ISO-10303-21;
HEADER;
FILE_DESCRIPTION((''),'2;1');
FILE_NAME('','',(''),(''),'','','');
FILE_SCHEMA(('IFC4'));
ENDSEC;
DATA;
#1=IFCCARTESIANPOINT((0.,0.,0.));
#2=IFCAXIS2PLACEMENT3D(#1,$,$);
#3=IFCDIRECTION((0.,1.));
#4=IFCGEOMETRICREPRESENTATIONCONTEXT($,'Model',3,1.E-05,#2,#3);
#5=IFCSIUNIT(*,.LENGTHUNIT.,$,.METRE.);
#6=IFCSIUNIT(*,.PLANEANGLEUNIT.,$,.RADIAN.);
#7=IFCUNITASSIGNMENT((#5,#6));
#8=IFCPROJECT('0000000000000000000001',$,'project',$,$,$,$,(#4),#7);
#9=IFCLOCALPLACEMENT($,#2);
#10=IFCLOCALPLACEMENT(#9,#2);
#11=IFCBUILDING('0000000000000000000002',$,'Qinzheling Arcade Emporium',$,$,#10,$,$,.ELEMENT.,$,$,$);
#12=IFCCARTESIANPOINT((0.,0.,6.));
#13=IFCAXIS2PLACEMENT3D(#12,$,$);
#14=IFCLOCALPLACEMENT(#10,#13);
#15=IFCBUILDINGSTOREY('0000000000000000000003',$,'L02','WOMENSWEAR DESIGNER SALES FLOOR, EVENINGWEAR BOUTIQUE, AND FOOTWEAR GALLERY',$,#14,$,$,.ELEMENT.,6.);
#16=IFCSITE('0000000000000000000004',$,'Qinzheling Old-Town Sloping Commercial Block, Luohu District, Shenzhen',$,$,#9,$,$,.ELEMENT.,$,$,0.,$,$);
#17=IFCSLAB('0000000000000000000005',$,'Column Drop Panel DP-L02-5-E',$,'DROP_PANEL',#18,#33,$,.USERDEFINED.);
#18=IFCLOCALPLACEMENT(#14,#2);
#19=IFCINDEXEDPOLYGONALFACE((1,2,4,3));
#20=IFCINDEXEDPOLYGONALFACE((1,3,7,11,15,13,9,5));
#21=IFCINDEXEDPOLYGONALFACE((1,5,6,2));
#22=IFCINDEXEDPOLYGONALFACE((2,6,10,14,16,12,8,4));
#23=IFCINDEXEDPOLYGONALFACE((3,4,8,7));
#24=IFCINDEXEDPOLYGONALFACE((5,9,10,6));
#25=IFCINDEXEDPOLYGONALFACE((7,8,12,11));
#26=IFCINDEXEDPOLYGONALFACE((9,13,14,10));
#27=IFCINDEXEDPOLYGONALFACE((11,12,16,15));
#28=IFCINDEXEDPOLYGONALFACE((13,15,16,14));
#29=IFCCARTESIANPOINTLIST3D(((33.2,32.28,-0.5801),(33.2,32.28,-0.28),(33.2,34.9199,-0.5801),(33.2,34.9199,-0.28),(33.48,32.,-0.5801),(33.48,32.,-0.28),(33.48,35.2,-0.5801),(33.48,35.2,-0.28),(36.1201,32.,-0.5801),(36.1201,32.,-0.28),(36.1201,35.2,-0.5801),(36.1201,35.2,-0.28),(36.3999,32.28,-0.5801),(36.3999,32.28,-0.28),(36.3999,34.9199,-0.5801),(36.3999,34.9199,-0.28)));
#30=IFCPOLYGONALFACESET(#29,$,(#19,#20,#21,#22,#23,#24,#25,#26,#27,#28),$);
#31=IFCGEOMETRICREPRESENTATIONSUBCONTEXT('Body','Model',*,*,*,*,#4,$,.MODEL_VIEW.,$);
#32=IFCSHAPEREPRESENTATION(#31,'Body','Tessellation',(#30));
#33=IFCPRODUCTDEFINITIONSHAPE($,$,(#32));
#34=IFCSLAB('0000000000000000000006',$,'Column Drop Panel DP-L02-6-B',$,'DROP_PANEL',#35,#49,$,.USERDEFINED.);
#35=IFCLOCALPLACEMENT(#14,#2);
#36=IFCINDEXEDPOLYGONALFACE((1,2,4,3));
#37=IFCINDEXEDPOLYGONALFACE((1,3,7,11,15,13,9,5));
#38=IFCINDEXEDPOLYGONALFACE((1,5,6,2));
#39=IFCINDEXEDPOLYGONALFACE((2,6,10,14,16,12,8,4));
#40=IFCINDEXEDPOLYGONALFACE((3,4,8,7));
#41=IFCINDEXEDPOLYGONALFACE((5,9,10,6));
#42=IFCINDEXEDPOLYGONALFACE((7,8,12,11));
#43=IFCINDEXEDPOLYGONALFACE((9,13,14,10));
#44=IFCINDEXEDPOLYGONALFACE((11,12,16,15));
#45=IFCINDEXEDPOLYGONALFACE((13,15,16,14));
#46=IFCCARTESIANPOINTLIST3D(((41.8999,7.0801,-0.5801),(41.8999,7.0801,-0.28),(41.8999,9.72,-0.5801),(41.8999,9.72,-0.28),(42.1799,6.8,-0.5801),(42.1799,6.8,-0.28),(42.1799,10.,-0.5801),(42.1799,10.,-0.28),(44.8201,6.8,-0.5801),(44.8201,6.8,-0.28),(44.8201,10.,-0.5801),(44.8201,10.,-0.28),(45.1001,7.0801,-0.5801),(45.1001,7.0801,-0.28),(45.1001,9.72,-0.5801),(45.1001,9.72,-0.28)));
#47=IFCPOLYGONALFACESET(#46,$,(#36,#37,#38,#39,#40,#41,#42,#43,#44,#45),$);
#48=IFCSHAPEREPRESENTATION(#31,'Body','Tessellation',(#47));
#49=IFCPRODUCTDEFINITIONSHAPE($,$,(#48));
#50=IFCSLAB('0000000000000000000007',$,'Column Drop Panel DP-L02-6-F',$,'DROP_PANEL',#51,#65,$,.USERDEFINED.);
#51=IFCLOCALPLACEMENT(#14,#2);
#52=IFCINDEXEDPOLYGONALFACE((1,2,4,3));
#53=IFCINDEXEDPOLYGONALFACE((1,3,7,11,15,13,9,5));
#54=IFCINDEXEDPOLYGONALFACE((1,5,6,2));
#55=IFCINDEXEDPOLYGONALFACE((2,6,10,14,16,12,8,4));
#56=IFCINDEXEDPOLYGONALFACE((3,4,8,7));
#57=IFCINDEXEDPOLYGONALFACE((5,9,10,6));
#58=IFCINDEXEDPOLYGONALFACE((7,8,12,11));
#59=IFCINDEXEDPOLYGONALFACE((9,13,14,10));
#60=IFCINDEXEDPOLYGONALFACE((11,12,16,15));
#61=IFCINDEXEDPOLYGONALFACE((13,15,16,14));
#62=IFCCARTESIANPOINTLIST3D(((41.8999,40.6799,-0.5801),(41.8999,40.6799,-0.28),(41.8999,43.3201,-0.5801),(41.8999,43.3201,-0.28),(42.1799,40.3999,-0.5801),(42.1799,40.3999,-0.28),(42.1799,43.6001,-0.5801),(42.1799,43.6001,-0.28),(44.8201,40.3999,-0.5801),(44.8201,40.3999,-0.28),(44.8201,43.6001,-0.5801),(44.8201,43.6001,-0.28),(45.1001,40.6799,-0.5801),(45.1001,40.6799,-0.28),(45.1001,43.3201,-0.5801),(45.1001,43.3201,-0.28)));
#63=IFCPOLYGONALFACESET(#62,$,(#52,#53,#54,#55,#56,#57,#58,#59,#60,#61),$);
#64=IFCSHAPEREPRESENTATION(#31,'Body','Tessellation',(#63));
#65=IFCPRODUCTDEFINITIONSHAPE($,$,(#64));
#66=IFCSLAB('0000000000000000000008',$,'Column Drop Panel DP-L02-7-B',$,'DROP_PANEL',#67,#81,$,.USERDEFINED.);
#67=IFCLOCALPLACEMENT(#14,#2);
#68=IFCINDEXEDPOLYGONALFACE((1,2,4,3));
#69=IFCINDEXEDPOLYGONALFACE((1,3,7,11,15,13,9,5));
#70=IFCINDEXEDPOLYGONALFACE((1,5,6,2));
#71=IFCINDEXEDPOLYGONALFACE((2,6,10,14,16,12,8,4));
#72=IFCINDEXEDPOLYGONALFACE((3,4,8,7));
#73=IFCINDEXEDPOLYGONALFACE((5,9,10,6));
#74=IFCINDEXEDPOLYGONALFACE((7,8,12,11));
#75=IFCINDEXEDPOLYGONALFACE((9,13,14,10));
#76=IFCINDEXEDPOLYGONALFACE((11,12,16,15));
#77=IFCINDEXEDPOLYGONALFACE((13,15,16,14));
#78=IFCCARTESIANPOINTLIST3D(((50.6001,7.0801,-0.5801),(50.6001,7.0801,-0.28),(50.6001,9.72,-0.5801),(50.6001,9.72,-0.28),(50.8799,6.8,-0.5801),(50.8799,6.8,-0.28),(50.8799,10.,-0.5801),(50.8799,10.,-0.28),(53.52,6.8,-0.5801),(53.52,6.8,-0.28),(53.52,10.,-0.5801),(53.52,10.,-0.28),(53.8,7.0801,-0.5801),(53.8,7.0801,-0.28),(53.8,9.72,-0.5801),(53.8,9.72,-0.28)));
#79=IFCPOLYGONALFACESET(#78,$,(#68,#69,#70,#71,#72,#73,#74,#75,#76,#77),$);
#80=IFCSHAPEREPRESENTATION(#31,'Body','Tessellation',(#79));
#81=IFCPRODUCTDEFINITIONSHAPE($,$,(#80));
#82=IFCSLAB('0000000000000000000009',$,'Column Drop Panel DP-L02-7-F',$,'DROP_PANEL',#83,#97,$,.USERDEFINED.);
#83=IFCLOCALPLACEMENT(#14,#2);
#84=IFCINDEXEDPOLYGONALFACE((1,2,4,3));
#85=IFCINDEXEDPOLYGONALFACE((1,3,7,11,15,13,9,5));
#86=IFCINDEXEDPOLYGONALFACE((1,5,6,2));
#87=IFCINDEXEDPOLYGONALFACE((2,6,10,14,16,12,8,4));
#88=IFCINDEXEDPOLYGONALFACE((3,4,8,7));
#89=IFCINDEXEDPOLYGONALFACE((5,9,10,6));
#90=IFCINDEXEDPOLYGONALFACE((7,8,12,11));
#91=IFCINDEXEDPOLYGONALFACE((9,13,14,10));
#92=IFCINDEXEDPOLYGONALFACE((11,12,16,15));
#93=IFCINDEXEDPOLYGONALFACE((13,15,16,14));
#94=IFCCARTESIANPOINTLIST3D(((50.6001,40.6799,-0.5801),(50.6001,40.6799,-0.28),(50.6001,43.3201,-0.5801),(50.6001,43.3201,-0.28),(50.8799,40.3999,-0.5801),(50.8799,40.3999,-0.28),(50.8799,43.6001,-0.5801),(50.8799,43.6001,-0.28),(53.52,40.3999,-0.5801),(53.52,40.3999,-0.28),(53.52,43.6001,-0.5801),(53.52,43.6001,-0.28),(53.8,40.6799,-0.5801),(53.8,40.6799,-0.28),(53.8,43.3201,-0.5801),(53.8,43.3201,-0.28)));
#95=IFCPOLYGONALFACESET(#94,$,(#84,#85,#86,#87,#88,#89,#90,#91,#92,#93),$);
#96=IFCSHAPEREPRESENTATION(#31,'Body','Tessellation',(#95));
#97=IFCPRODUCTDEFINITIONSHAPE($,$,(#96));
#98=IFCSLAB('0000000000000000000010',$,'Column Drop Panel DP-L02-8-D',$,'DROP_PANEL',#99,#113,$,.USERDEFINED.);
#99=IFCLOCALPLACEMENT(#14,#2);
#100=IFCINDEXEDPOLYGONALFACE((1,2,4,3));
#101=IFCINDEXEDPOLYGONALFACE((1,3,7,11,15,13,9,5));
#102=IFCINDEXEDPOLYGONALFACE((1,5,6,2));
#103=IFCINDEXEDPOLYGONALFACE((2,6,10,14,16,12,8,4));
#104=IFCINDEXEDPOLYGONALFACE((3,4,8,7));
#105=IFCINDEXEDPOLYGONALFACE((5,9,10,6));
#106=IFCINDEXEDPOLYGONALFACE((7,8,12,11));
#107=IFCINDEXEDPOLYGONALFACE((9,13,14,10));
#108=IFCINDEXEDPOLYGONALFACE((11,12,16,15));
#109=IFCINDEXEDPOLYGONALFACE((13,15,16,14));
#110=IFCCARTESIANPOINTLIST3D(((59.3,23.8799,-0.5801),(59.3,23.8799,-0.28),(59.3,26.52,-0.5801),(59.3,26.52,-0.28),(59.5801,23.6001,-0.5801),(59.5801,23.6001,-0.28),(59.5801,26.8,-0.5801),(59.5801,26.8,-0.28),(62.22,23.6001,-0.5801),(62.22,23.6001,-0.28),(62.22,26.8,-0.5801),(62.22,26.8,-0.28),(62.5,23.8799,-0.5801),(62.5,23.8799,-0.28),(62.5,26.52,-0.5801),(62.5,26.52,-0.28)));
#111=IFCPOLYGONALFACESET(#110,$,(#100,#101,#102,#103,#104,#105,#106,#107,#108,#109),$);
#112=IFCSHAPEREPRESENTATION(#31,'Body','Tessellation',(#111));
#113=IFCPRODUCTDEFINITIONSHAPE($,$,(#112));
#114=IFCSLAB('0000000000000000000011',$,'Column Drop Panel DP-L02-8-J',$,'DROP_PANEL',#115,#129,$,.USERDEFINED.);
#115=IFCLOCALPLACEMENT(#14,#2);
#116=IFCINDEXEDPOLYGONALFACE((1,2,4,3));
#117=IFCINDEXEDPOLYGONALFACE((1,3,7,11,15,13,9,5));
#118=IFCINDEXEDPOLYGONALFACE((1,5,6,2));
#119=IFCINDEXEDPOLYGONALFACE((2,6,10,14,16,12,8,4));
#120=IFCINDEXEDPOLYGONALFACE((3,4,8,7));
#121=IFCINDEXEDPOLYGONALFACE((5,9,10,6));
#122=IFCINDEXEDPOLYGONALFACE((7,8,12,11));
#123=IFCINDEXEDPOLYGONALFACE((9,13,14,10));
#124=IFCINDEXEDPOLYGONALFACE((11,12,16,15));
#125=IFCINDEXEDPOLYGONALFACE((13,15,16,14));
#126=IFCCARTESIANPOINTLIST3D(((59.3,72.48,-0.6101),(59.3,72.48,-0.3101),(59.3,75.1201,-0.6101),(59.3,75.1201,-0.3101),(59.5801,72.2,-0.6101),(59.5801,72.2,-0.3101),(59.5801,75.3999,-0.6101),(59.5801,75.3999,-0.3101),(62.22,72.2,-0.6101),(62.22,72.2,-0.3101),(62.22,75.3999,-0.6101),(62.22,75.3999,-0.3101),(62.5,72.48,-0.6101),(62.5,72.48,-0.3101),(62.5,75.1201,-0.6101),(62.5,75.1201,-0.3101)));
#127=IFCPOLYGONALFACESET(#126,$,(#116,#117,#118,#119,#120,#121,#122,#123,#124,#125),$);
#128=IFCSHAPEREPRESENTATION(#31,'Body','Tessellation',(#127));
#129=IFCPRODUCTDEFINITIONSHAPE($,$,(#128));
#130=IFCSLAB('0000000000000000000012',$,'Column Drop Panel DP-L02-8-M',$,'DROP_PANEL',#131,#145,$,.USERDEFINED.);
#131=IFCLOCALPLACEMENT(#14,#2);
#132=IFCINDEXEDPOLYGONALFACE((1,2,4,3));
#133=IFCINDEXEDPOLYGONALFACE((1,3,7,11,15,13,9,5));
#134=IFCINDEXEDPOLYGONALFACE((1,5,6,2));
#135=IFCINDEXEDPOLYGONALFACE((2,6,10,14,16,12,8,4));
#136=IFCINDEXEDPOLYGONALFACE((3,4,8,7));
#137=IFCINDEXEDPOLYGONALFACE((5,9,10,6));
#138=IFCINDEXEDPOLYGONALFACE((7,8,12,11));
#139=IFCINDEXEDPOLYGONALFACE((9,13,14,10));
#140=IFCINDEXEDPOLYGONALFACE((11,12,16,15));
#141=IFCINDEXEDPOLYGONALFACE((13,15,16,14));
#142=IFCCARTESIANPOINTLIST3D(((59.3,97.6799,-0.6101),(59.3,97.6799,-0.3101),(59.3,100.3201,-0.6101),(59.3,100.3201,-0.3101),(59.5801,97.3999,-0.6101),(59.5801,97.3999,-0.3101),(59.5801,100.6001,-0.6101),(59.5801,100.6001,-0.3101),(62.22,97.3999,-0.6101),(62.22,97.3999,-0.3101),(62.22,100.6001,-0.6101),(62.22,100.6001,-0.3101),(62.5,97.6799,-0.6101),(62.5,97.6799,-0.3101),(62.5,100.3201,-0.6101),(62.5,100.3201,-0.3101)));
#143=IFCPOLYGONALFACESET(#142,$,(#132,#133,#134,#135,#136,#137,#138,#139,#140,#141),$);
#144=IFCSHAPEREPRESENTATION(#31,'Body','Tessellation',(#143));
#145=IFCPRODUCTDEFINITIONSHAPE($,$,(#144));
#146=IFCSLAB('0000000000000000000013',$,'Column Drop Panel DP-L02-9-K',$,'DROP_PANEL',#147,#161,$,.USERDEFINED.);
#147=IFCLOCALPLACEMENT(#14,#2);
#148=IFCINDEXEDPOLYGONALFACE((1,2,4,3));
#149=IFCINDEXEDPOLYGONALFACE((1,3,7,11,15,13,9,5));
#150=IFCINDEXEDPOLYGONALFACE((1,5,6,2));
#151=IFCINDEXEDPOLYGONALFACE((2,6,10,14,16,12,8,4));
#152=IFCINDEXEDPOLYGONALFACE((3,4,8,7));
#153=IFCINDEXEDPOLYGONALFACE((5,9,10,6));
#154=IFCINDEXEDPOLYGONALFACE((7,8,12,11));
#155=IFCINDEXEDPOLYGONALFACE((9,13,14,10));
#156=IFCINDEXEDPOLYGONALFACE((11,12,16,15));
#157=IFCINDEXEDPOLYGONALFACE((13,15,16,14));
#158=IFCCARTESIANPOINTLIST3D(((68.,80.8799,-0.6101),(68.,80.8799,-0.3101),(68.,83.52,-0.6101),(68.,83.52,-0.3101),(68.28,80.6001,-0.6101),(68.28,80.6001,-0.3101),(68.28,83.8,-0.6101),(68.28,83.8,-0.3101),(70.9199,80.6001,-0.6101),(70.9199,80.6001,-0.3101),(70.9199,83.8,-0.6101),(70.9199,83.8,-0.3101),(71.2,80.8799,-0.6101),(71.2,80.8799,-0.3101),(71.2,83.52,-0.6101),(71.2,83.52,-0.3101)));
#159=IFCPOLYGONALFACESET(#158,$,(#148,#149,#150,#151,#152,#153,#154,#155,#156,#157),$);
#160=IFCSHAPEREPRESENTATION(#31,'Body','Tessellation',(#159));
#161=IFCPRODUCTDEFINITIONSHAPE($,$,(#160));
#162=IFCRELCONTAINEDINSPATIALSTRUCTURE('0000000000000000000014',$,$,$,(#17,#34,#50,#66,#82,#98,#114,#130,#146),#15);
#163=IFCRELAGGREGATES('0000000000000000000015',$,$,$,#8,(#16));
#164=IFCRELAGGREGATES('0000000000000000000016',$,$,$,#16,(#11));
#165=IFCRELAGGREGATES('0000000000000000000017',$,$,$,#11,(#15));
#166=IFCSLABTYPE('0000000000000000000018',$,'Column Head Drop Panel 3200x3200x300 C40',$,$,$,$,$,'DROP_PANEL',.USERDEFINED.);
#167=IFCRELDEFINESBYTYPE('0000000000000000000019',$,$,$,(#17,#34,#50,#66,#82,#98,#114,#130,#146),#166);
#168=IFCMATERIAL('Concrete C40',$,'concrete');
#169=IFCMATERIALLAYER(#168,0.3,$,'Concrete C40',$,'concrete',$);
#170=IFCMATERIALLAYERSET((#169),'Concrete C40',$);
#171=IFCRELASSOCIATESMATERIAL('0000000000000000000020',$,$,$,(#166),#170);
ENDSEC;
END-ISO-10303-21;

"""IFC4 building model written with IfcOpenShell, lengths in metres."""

from ifc_helpers import new_model, si_unit, direction, frame, origin, place, context, subcontext, project, spatial, polyline, outline, extrude, material, layer, layer_set, type_object, element, save


model = new_model("IFC4")

# Units and contexts
model_context = context("Model", 3, precision=1e-05, world=origin(), true_north=direction((0.0, 1.0)))
body_context = subcontext(model_context, "Body", "Model", "MODEL_VIEW")
ifc_project = project(units=[si_unit("LENGTHUNIT", "METRE"), si_unit("PLANEANGLEUNIT", "RADIAN")], contexts=[model_context])

# Site, building, storey
site_placement = place(None, origin())
site = spatial("IfcSite", under=ifc_project, at=site_placement, Name="Qinzheling Old-Town Sloping Commercial Block, Luohu District, Shenzhen", CompositionType="ELEMENT", RefElevation=0.0)
building_placement = place(site_placement, origin())
building = spatial("IfcBuilding", under=site, at=building_placement, Name="Qinzheling Arcade Emporium", CompositionType="ELEMENT")
storey_placement = place(building_placement, frame((0.0, 0.0, 6.0)))
storey = spatial("IfcBuildingStorey", under=building, at=storey_placement, Name="L02", Description="WOMENSWEAR DESIGNER SALES FLOOR, EVENINGWEAR BOUTIQUE, AND FOOTWEAR GALLERY", CompositionType="ELEMENT", Elevation=6.0)

# Slabs
ifc_material = material(Name="Concrete C40", Category="concrete")
ifc_layer_1 = layer(ifc_material, 0.3, Name="Concrete C40", Category="concrete")
ifc_layer_set_1 = layer_set([ifc_layer_1], Name="Concrete C40")
slab_type_1 = type_object("IfcSlabType", Name="Column Head Drop Panel 3200x3200x300 C40", ElementType="DROP_PANEL", PredefinedType="USERDEFINED", material=ifc_layer_set_1)
slab_1_placement = place(storey_placement, frame((0.0, 0.0, -0.5801)))
element("IfcSlab", 1, at=slab_1_placement, inside=storey, type_object=slab_type_1, Name="Column Drop Panel DP-L02-5-E", ObjectType="DROP_PANEL", PredefinedType="USERDEFINED", context=body_context, shape_type="SweptSolid", body=[
    extrude(outline(polyline([(33.48, 32.0), (36.1201, 32.0), (36.3999, 32.28), (36.3999, 34.9199), (36.1201, 35.2), (33.48, 35.2), (33.2, 34.9199), (33.2, 32.28), (33.48, 32.0)])), origin(), (0.0, 0.0, 1.0), 0.3),
])
slab_2_placement = place(storey_placement, frame((0.0, 0.0, -0.5801)))
element("IfcSlab", 2, at=slab_2_placement, inside=storey, type_object=slab_type_1, Name="Column Drop Panel DP-L02-6-B", ObjectType="DROP_PANEL", PredefinedType="USERDEFINED", context=body_context, shape_type="SweptSolid", body=[
    extrude(outline(polyline([(42.1799, 6.8), (44.8201, 6.8), (45.1001, 7.0801), (45.1001, 9.72), (44.8201, 10.0), (42.1799, 10.0), (41.8999, 9.72), (41.8999, 7.0801), (42.1799, 6.8)])), origin(), (0.0, 0.0, 1.0), 0.3),
])
slab_3_placement = place(storey_placement, frame((0.0, 0.0, -0.5801)))
element("IfcSlab", 3, at=slab_3_placement, inside=storey, type_object=slab_type_1, Name="Column Drop Panel DP-L02-6-F", ObjectType="DROP_PANEL", PredefinedType="USERDEFINED", context=body_context, shape_type="SweptSolid", body=[
    extrude(outline(polyline([(42.1799, 40.3999), (44.8201, 40.3999), (45.1001, 40.6799), (45.1001, 43.3201), (44.8201, 43.6001), (42.1799, 43.6001), (41.8999, 43.3201), (41.8999, 40.6799), (42.1799, 40.3999)])), origin(), (0.0, 0.0, 1.0), 0.3),
])
slab_4_placement = place(storey_placement, frame((0.0, 0.0, -0.5801)))
element("IfcSlab", 4, at=slab_4_placement, inside=storey, type_object=slab_type_1, Name="Column Drop Panel DP-L02-7-B", ObjectType="DROP_PANEL", PredefinedType="USERDEFINED", context=body_context, shape_type="SweptSolid", body=[
    extrude(outline(polyline([(50.8799, 6.8), (53.52, 6.8), (53.8, 7.0801), (53.8, 9.72), (53.52, 10.0), (50.8799, 10.0), (50.6001, 9.72), (50.6001, 7.0801), (50.8799, 6.8)])), origin(), (0.0, 0.0, 1.0), 0.3),
])
slab_5_placement = place(storey_placement, frame((0.0, 0.0, -0.5801)))
element("IfcSlab", 5, at=slab_5_placement, inside=storey, type_object=slab_type_1, Name="Column Drop Panel DP-L02-7-F", ObjectType="DROP_PANEL", PredefinedType="USERDEFINED", context=body_context, shape_type="SweptSolid", body=[
    extrude(outline(polyline([(50.8799, 40.3999), (53.52, 40.3999), (53.8, 40.6799), (53.8, 43.3201), (53.52, 43.6001), (50.8799, 43.6001), (50.6001, 43.3201), (50.6001, 40.6799), (50.8799, 40.3999)])), origin(), (0.0, 0.0, 1.0), 0.3),
])
slab_6_placement = place(storey_placement, frame((0.0, 0.0, -0.5801)))
element("IfcSlab", 6, at=slab_6_placement, inside=storey, type_object=slab_type_1, Name="Column Drop Panel DP-L02-8-D", ObjectType="DROP_PANEL", PredefinedType="USERDEFINED", context=body_context, shape_type="SweptSolid", body=[
    extrude(outline(polyline([(59.5801, 23.6001), (62.22, 23.6001), (62.5, 23.8799), (62.5, 26.52), (62.22, 26.8), (59.5801, 26.8), (59.3, 26.52), (59.3, 23.8799), (59.5801, 23.6001)])), origin(), (0.0, 0.0, 1.0), 0.3),
])
slab_7_placement = place(storey_placement, frame((0.0, 0.0, -0.6101)))
element("IfcSlab", 7, at=slab_7_placement, inside=storey, type_object=slab_type_1, Name="Column Drop Panel DP-L02-8-J", ObjectType="DROP_PANEL", PredefinedType="USERDEFINED", context=body_context, shape_type="SweptSolid", body=[
    extrude(outline(polyline([(59.5801, 72.2), (62.22, 72.2), (62.5, 72.48), (62.5, 75.1201), (62.22, 75.3999), (59.5801, 75.3999), (59.3, 75.1201), (59.3, 72.48), (59.5801, 72.2)])), origin(), (0.0, 0.0, 1.0), 0.3),
])
slab_8_placement = place(storey_placement, frame((0.0, 0.0, -0.6101)))
element("IfcSlab", 8, at=slab_8_placement, inside=storey, type_object=slab_type_1, Name="Column Drop Panel DP-L02-8-M", ObjectType="DROP_PANEL", PredefinedType="USERDEFINED", context=body_context, shape_type="SweptSolid", body=[
    extrude(outline(polyline([(59.5801, 97.3999), (62.22, 97.3999), (62.5, 97.6799), (62.5, 100.3201), (62.22, 100.6001), (59.5801, 100.6001), (59.3, 100.3201), (59.3, 97.6799), (59.5801, 97.3999)])), origin(), (0.0, 0.0, 1.0), 0.3),
])
slab_9_placement = place(storey_placement, frame((0.0, 0.0, -0.6101)))
element("IfcSlab", 9, at=slab_9_placement, inside=storey, type_object=slab_type_1, Name="Column Drop Panel DP-L02-9-K", ObjectType="DROP_PANEL", PredefinedType="USERDEFINED", context=body_context, shape_type="SweptSolid", body=[
    extrude(outline(polyline([(68.28, 80.6001), (70.9199, 80.6001), (71.2, 80.8799), (71.2, 83.52), (70.9199, 83.8), (68.28, 83.8), (68.0, 83.52), (68.0, 80.8799), (68.28, 80.6001)])), origin(), (0.0, 0.0, 1.0), 0.3),
])

save(model, "model.ifc")
